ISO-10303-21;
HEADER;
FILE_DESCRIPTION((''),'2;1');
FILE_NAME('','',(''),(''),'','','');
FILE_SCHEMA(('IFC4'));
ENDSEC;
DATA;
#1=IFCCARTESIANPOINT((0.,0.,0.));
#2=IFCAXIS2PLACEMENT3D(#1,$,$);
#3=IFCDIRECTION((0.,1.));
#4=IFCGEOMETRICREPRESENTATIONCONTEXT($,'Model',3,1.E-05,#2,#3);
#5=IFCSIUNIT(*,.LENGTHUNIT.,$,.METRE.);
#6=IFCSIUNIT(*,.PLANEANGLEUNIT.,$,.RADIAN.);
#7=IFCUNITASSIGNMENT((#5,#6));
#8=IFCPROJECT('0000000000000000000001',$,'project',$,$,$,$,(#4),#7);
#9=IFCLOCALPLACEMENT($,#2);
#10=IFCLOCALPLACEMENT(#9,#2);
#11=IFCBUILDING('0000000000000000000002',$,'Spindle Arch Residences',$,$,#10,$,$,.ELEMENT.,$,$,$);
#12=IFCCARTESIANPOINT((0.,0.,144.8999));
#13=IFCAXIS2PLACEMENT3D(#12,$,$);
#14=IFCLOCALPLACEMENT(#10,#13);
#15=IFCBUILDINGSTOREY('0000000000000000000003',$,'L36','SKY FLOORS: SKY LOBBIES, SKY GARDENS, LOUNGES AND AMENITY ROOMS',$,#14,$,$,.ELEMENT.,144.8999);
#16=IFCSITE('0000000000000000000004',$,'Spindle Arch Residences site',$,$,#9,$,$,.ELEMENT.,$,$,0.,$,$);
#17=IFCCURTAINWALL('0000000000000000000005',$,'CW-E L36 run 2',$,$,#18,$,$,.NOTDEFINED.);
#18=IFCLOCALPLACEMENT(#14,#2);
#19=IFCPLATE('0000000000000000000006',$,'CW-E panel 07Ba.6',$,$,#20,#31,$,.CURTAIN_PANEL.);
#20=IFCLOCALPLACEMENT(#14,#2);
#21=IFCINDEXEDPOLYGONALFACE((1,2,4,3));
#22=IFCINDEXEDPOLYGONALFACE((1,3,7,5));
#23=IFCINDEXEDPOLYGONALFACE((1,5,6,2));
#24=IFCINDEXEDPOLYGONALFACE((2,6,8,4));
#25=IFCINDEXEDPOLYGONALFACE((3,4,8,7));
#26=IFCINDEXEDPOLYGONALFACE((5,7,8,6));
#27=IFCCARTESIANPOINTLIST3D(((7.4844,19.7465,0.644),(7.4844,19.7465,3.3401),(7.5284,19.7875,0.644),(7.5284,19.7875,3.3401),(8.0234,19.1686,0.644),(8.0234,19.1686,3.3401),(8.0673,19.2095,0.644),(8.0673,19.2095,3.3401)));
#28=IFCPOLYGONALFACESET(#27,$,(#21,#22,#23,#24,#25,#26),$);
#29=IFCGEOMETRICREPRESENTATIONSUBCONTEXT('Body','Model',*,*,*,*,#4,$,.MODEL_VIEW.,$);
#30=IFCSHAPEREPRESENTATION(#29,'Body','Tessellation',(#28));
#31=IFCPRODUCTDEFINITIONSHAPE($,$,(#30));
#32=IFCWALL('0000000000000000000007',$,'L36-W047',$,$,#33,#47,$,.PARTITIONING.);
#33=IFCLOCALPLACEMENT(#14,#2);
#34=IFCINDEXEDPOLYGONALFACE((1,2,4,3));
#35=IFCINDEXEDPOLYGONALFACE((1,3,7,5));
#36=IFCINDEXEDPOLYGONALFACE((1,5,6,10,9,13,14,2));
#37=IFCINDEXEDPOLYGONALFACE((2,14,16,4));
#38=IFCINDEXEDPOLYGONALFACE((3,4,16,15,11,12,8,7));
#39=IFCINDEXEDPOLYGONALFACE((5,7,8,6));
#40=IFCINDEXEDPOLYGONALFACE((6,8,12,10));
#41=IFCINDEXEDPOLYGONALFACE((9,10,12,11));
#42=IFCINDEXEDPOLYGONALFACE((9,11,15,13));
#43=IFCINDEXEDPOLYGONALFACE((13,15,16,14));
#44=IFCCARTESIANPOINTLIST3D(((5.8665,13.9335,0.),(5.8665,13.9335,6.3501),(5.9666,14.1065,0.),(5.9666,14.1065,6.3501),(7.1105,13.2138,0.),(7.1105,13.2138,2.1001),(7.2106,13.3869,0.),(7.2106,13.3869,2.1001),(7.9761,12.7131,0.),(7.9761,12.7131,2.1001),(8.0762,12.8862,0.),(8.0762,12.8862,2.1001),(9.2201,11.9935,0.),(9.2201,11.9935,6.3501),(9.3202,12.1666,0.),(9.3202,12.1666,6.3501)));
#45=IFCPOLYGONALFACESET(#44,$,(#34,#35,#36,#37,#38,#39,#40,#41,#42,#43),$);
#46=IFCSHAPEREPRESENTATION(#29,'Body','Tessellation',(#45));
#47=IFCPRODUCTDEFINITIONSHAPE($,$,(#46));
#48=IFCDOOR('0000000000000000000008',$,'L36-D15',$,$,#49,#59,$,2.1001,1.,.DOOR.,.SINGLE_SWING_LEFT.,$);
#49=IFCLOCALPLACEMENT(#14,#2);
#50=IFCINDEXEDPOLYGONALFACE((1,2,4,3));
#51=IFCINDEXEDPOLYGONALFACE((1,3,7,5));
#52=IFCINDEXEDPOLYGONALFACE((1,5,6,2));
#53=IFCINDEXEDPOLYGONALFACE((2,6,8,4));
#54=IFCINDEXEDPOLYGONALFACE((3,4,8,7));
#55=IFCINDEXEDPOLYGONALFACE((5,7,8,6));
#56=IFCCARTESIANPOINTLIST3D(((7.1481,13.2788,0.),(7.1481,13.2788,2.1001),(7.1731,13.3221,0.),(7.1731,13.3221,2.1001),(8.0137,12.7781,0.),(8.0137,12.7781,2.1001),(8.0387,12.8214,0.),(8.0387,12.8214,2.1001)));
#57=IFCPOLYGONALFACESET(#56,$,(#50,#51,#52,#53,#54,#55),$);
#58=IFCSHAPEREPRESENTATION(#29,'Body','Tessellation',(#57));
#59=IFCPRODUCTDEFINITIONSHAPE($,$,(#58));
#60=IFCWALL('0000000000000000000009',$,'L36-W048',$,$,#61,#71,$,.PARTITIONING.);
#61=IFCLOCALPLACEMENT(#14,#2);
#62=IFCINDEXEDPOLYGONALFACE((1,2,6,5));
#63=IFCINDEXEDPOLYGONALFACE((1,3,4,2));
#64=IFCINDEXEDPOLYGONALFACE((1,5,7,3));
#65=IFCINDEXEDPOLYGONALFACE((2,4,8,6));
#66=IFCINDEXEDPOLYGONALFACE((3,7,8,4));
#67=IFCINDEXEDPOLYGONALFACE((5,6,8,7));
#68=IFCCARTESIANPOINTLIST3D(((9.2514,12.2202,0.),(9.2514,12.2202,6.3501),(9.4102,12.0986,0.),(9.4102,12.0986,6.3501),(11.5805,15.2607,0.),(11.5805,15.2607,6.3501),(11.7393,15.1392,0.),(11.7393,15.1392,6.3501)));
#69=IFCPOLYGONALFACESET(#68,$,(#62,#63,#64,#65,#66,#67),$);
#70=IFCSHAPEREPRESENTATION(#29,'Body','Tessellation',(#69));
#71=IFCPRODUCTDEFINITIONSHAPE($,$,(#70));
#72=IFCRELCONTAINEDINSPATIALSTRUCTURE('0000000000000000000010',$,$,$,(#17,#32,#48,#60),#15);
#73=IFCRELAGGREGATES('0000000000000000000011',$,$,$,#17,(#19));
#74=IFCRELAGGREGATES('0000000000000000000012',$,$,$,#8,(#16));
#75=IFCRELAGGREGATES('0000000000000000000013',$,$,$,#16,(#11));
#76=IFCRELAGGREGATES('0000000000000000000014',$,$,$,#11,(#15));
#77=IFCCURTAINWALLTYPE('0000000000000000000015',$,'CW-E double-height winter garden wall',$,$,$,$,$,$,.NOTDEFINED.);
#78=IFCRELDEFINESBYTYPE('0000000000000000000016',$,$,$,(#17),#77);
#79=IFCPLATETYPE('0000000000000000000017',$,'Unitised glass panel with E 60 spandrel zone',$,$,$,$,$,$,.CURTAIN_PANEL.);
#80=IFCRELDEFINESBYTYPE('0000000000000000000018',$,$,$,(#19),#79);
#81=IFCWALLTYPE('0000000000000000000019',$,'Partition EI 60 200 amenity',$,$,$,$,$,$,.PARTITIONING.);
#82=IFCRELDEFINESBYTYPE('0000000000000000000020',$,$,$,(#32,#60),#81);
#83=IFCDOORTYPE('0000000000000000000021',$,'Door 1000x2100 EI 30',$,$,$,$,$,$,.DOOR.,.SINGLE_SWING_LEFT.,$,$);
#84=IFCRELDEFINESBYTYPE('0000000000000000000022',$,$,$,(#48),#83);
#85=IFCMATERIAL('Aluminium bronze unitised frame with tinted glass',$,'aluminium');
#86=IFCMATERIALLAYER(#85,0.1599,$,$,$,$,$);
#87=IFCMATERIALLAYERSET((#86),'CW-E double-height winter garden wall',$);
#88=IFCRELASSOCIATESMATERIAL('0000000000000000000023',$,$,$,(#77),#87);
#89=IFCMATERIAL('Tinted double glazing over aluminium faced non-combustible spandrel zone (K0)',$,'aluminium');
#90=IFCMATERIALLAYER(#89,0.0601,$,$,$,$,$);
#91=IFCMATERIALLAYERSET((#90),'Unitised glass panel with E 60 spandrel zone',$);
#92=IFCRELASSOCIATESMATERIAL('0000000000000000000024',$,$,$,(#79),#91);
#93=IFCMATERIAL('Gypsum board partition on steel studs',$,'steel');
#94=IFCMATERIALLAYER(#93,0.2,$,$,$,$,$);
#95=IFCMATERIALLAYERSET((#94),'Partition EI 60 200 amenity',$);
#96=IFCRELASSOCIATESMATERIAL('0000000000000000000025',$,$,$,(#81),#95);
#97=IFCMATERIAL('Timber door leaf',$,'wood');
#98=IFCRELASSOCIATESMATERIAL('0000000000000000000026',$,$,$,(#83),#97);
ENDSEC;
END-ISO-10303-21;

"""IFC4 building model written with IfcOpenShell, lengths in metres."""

from ifc_helpers import new_model, si_unit, direction, frame, frame_2d, origin, origin_2d, place, context, subcontext, project, spatial, rectangle, extrude, material, layer, layer_set, type_object, element, fill, aggregate, save


model = new_model("IFC4")

# Units and contexts
model_context = context("Model", 3, precision=1e-05, world=origin(), true_north=direction((0.0, 1.0)))
body_context = subcontext(model_context, "Body", "Model", "MODEL_VIEW")
ifc_project = project(units=[si_unit("LENGTHUNIT", "METRE"), si_unit("PLANEANGLEUNIT", "RADIAN")], contexts=[model_context])

# Site, building, storey
site_placement = place(None, origin())
site = spatial("IfcSite", under=ifc_project, at=site_placement, Name="Spindle Arch Residences site", CompositionType="ELEMENT", RefElevation=0.0)
building_placement = place(site_placement, origin())
building = spatial("IfcBuilding", under=site, at=building_placement, Name="Spindle Arch Residences", CompositionType="ELEMENT")
storey_placement = place(building_placement, frame((0.0, 0.0, 144.8999)))
storey = spatial("IfcBuildingStorey", under=building, at=storey_placement, Name="L36", Description="SKY FLOORS: SKY LOBBIES, SKY GARDENS, LOUNGES AND AMENITY ROOMS", CompositionType="ELEMENT", Elevation=144.8999)

# Curtain wall, plate
ifc_material_1 = material(Name="Aluminium bronze unitised frame with tinted glass", Category="aluminium")
ifc_layer_1 = layer(ifc_material_1, 0.1599)
ifc_layer_set_1 = layer_set([ifc_layer_1], Name="CW-E double-height winter garden wall")
curtain_wall_type = type_object("IfcCurtainWallType", Name="CW-E double-height winter garden wall", PredefinedType="NOTDEFINED", material=ifc_layer_set_1)
curtain_wall_placement = place(storey_placement, origin())
curtain_wall = element("IfcCurtainWall", 1, at=curtain_wall_placement, inside=storey, type_object=curtain_wall_type, Name="CW-E L36 run 2", PredefinedType="NOTDEFINED")
ifc_material_2 = material(Name="Tinted double glazing over aluminium faced non-combustible spandrel zone (K0)", Category="aluminium")
ifc_layer_2 = layer(ifc_material_2, 0.0601)
ifc_layer_set_2 = layer_set([ifc_layer_2], Name="Unitised glass panel with E 60 spandrel zone")
plate_type_1 = type_object("IfcPlateType", Name="Unitised glass panel with E 60 spandrel zone", PredefinedType="CURTAIN_PANEL", material=ifc_layer_set_2)
plate_1_placement = place(storey_placement, frame((7.7759, 19.478, 0.644), z_axis=(0.0, 0.0, 1.0), x_axis=(-0.681998, 0.731354, 0.0)))
plate_1 = element("IfcPlate", 2, at=plate_1_placement, type_object=plate_type_1, Name="CW-E panel 07Ba.6", PredefinedType="CURTAIN_PANEL", context=body_context, shape_type="SweptSolid", body=[
    extrude(rectangle(XDim=0.7903, YDim=0.0601, at=origin_2d()), origin(), (0.0, 0.0, 1.0), 2.696),
])
aggregate(curtain_wall, [plate_1])

# Wall, opening, door
ifc_material_3 = material(Name="Gypsum board partition on steel studs", Category="steel")
ifc_layer_3 = layer(ifc_material_3, 0.2)
ifc_layer_set_3 = layer_set([ifc_layer_3], Name="Partition EI 60 200 amenity")
wall_type = type_object("IfcWallType", Name="Partition EI 60 200 amenity", PredefinedType="PARTITIONING", material=ifc_layer_set_3)
wall_1_placement = place(storey_placement, frame((9.27, 12.0801, 0.0), z_axis=(0.0, 0.0, 1.0), x_axis=(-0.865602, 0.500733, 0.0)))
wall_1 = element("IfcWall", 3, at=wall_1_placement, inside=storey, type_object=wall_type, Name="L36-W047", PredefinedType="PARTITIONING", context=body_context, shape_type="SweptSolid", body=[
    extrude(rectangle(XDim=3.8743, YDim=0.2, at=frame_2d((1.937, 0.0))), origin(), (0.0, 0.0, 1.0), 6.3501),
])
opening_placement = place(wall_1_placement, frame((1.437, 0.0, 0.0)))
opening = element("IfcOpeningElement", 4, at=opening_placement, cuts=wall_1, PredefinedType="OPENING", context=body_context, shape_type="SweptSolid", body=[
    extrude(rectangle(XDim=1.0, YDim=2.1001, at=frame_2d((0.5, 1.05))), frame((0.0, 0.1099, 0.0), z_axis=(0.0, -1.0, 0.0), x_axis=(1.0, 0.0, 0.0)), (0.0, 0.0, 1.0), 0.22),
])
ifc_material_4 = material(Name="Timber door leaf", Category="wood")
door_type = type_object("IfcDoorType", Name="Door 1000x2100 EI 30", OperationType="SINGLE_SWING_LEFT", PredefinedType="DOOR", material=ifc_material_4)
door_placement = place(opening_placement, origin())
door = element("IfcDoor", 5, at=door_placement, inside=storey, type_object=door_type, Name="L36-D15", OperationType="SINGLE_SWING_LEFT", OverallHeight=2.1001, OverallWidth=1.0, PredefinedType="DOOR", context=body_context, shape_type="SweptSolid", body=[
    extrude(rectangle(XDim=1.0, YDim=2.1001, at=frame_2d((0.5, 1.05))), frame((0.0, 0.0249, 0.0), z_axis=(0.0, -1.0, 0.0), x_axis=(1.0, 0.0, 0.0)), (0.0, 0.0, 1.0), 0.05),
])
fill(opening, door)

# Wall
wall_2_placement = place(storey_placement, frame((9.3308, 12.1594, 0.0), z_axis=(0.0, 0.0, 1.0), x_axis=(0.608108, 0.793855, 0.0)))
element("IfcWall", 6, at=wall_2_placement, inside=storey, type_object=wall_type, Name="L36-W048", PredefinedType="PARTITIONING", context=body_context, shape_type="SweptSolid", body=[
    extrude(rectangle(XDim=3.8301, YDim=0.2, at=frame_2d((1.915, 0.0))), origin(), (0.0, 0.0, 1.0), 6.3501),
])

save(model, "model.ifc")
